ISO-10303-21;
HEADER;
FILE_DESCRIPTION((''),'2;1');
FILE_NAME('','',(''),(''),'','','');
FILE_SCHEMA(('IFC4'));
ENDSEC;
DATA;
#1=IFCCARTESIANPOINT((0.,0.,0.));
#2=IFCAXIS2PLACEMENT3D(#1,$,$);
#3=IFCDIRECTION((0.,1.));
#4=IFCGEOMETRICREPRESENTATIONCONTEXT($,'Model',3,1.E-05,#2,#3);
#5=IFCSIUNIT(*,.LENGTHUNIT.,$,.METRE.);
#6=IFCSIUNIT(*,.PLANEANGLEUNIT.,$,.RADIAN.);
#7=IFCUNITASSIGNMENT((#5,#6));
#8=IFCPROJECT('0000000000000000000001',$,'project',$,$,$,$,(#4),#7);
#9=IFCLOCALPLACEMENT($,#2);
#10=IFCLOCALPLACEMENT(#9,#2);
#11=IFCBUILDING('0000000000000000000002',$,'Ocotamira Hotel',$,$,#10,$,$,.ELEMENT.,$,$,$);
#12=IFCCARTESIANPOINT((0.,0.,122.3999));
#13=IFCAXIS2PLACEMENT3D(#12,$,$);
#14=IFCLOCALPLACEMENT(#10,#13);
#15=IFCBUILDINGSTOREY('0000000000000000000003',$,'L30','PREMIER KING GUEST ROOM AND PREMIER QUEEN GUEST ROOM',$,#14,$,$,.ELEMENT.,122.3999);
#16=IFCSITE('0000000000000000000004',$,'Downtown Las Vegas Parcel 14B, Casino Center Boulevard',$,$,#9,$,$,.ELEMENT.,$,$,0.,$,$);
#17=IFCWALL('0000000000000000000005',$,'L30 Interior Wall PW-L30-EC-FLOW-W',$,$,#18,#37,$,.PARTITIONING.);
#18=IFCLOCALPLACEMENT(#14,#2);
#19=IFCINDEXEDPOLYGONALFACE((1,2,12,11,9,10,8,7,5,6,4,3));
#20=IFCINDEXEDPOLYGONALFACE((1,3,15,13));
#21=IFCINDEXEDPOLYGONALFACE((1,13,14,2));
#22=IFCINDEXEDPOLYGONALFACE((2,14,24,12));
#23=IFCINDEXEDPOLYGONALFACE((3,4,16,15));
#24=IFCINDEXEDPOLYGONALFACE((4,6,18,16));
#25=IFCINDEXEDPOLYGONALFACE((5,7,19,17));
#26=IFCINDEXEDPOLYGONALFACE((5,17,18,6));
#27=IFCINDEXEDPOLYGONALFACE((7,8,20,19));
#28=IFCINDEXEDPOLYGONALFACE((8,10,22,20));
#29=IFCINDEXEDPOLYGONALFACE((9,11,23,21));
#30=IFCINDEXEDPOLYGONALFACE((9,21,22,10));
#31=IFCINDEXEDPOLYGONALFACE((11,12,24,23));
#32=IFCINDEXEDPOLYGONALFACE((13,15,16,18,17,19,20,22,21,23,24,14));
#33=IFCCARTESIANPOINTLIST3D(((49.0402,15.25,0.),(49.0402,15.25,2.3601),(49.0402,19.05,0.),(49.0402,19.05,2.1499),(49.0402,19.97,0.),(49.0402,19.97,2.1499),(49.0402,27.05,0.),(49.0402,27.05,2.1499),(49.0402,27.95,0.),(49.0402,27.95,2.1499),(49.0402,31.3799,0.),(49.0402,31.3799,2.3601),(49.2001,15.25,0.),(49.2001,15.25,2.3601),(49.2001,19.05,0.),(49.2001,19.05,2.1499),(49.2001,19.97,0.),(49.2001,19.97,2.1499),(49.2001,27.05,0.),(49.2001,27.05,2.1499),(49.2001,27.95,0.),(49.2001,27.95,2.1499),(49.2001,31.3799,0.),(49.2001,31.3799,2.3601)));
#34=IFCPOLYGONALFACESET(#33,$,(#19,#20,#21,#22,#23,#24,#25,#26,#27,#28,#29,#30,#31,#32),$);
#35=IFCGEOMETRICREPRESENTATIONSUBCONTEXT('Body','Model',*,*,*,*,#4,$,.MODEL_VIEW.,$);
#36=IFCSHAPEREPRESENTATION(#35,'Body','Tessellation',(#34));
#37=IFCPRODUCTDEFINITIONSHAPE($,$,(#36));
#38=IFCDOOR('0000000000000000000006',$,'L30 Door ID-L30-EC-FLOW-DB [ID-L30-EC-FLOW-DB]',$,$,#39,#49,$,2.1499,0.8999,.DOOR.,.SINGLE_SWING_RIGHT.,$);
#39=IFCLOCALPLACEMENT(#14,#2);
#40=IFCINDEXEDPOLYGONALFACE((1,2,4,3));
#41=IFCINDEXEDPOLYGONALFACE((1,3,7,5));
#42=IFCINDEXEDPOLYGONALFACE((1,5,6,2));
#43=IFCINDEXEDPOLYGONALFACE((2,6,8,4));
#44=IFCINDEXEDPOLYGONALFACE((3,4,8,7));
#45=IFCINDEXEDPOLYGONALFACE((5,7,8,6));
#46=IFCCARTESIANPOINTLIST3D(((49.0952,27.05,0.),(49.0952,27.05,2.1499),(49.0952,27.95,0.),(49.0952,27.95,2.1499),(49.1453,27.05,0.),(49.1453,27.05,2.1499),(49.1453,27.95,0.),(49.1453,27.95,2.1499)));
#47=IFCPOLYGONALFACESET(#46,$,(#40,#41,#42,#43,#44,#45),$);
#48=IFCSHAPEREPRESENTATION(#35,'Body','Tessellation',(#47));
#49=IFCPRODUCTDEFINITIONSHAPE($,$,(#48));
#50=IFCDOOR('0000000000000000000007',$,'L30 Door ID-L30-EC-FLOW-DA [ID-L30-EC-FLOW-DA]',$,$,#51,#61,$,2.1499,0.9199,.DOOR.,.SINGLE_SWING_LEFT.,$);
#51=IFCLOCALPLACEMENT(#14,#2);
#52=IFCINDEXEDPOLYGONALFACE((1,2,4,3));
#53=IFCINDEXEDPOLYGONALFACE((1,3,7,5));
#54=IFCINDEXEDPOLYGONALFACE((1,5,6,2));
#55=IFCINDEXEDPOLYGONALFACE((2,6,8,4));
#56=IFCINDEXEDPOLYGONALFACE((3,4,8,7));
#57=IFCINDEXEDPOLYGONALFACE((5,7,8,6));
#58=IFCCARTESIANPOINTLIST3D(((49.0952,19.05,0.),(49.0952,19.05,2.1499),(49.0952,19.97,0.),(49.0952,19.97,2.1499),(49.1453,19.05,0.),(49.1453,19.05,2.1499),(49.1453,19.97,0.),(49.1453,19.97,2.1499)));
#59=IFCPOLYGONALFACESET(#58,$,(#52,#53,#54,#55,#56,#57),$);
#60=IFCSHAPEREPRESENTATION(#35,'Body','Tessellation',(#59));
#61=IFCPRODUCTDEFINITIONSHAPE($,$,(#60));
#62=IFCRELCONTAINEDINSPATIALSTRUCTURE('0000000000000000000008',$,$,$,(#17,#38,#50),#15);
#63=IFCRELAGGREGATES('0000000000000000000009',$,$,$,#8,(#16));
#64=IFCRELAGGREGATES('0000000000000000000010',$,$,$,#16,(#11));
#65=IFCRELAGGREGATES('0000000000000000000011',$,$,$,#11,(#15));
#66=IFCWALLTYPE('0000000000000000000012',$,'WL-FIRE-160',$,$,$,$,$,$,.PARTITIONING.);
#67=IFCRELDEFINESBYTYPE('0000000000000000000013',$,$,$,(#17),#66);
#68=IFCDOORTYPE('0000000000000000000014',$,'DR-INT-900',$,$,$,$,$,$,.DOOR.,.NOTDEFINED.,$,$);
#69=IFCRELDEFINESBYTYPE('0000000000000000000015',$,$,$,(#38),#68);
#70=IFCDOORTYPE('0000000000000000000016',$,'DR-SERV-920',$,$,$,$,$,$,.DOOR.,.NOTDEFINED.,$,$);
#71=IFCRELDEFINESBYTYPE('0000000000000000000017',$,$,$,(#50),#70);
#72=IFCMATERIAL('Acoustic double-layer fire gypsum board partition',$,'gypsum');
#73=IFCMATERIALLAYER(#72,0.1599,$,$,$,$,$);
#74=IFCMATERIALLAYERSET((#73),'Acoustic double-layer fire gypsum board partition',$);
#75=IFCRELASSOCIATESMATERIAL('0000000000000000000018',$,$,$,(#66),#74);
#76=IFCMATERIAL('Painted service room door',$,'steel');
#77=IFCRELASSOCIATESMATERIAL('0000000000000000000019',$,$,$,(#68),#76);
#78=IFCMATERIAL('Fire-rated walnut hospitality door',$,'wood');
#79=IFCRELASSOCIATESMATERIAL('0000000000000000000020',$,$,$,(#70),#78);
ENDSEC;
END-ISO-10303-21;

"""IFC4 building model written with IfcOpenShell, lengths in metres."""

from ifc_helpers import new_model, si_unit, direction, frame, frame_2d, origin, place, context, subcontext, project, spatial, rectangle, extrude, source, transform, mapped, material, layer, layer_set, type_object, element, fill, save


model = new_model("IFC4")

# Units and contexts
model_context = context("Model", 3, precision=1e-05, world=origin(), true_north=direction((0.0, 1.0)))
body_context = subcontext(model_context, "Body", "Model", "MODEL_VIEW")
ifc_project = project(units=[si_unit("LENGTHUNIT", "METRE"), si_unit("PLANEANGLEUNIT", "RADIAN")], contexts=[model_context])

# Site, building, storey
site_placement = place(None, origin())
site = spatial("IfcSite", under=ifc_project, at=site_placement, Name="Downtown Las Vegas Parcel 14B, Casino Center Boulevard", CompositionType="ELEMENT", RefElevation=0.0)
building_placement = place(site_placement, origin())
building = spatial("IfcBuilding", under=site, at=building_placement, Name="Ocotamira Hotel", CompositionType="ELEMENT")
storey_placement = place(building_placement, frame((0.0, 0.0, 122.3999)))
storey = spatial("IfcBuildingStorey", under=building, at=storey_placement, Name="L30", Description="PREMIER KING GUEST ROOM AND PREMIER QUEEN GUEST ROOM", CompositionType="ELEMENT", Elevation=122.3999)

# Wall, openings, doors
ifc_material_1 = material(Name="Acoustic double-layer fire gypsum board partition", Category="gypsum")
ifc_layer_1 = layer(ifc_material_1, 0.1599)
ifc_layer_set_1 = layer_set([ifc_layer_1], Name="Acoustic double-layer fire gypsum board partition")
wall_type_1 = type_object("IfcWallType", Name="WL-FIRE-160", PredefinedType="PARTITIONING", material=ifc_layer_set_1)
wall_1_placement = place(storey_placement, frame((49.1201, 15.25, 0.0), z_axis=(0.0, 0.0, 1.0), x_axis=(0.0, 1.0, 0.0)))
wall_1 = element("IfcWall", 1, at=wall_1_placement, inside=storey, type_object=wall_type_1, Name="L30 Interior Wall PW-L30-EC-FLOW-W", PredefinedType="PARTITIONING", context=body_context, shape_type="SweptSolid", body=[
    extrude(rectangle(XDim=16.1299, YDim=0.1599, at=frame_2d((8.0649, 0.0))), origin(), (0.0, 0.0, 1.0), 2.3601),
])
opening_1_placement = place(wall_1_placement, frame((3.8, 0.0, 0.0)))
opening_1 = element("IfcOpeningElement", 2, at=opening_1_placement, cuts=wall_1, PredefinedType="OPENING", context=body_context, shape_type="SweptSolid", body=[
    extrude(rectangle(XDim=0.9199, YDim=2.1499, at=frame_2d((0.46, 1.075))), frame((0.0, 0.0898, 0.0), z_axis=(0.0, -1.0, 0.0), x_axis=(1.0, 0.0, 0.0)), (0.0, 0.0, 1.0), 0.1799),
])
opening_2_placement = place(wall_1_placement, frame((11.8, 0.0, 0.0)))
opening_2 = element("IfcOpeningElement", 3, at=opening_2_placement, cuts=wall_1, PredefinedType="OPENING", context=body_context, shape_type="SweptSolid", body=[
    extrude(rectangle(XDim=0.8999, YDim=2.1499, at=frame_2d((0.45, 1.075))), frame((0.0, 0.0898, 0.0), z_axis=(0.0, -1.0, 0.0), x_axis=(1.0, 0.0, 0.0)), (0.0, 0.0, 1.0), 0.1799),
])
ifc_material_2 = material(Name="Painted service room door", Category="steel")
door_type_1 = type_object("IfcDoorType", Name="DR-INT-900", OperationType="NOTDEFINED", PredefinedType="DOOR", material=ifc_material_2)
shared_shape_1 = source(origin(), body_context, "Body", "SweptSolid", [
    extrude(rectangle(XDim=0.8999, YDim=2.1499, at=frame_2d((0.45, 1.075))), frame((0.0, 0.0249, 0.0), z_axis=(0.0, -1.0, 0.0), x_axis=(1.0, 0.0, 0.0)), (0.0, 0.0, 1.0), 0.05),
])
door_1_placement = place(opening_2_placement, origin())
door_1 = element("IfcDoor", 4, at=door_1_placement, inside=storey, type_object=door_type_1, Name="L30 Door ID-L30-EC-FLOW-DB [ID-L30-EC-FLOW-DB]", OperationType="SINGLE_SWING_RIGHT", OverallHeight=2.1499, OverallWidth=0.8999, PredefinedType="DOOR", context=body_context, shape_type="MappedRepresentation", body=[
    mapped(shared_shape_1, transform((0.0, 0.0, 0.0), scale=1.0)),
])
fill(opening_2, door_1)
ifc_material_3 = material(Name="Fire-rated walnut hospitality door", Category="wood")
door_type_2 = type_object("IfcDoorType", Name="DR-SERV-920", OperationType="NOTDEFINED", PredefinedType="DOOR", material=ifc_material_3)
shared_shape_2 = source(origin(), body_context, "Body", "SweptSolid", [
    extrude(rectangle(XDim=0.9199, YDim=2.1499, at=frame_2d((0.46, 1.075))), frame((0.0, 0.0249, 0.0), z_axis=(0.0, -1.0, 0.0), x_axis=(1.0, 0.0, 0.0)), (0.0, 0.0, 1.0), 0.05),
])
door_2_placement = place(opening_1_placement, origin())
door_2 = element("IfcDoor", 5, at=door_2_placement, inside=storey, type_object=door_type_2, Name="L30 Door ID-L30-EC-FLOW-DA [ID-L30-EC-FLOW-DA]", OperationType="SINGLE_SWING_LEFT", OverallHeight=2.1499, OverallWidth=0.9199, PredefinedType="DOOR", context=body_context, shape_type="MappedRepresentation", body=[
    mapped(shared_shape_2, transform((0.0, 0.0, 0.0), scale=1.0)),
])
fill(opening_1, door_2)

save(model, "model.ifc")
